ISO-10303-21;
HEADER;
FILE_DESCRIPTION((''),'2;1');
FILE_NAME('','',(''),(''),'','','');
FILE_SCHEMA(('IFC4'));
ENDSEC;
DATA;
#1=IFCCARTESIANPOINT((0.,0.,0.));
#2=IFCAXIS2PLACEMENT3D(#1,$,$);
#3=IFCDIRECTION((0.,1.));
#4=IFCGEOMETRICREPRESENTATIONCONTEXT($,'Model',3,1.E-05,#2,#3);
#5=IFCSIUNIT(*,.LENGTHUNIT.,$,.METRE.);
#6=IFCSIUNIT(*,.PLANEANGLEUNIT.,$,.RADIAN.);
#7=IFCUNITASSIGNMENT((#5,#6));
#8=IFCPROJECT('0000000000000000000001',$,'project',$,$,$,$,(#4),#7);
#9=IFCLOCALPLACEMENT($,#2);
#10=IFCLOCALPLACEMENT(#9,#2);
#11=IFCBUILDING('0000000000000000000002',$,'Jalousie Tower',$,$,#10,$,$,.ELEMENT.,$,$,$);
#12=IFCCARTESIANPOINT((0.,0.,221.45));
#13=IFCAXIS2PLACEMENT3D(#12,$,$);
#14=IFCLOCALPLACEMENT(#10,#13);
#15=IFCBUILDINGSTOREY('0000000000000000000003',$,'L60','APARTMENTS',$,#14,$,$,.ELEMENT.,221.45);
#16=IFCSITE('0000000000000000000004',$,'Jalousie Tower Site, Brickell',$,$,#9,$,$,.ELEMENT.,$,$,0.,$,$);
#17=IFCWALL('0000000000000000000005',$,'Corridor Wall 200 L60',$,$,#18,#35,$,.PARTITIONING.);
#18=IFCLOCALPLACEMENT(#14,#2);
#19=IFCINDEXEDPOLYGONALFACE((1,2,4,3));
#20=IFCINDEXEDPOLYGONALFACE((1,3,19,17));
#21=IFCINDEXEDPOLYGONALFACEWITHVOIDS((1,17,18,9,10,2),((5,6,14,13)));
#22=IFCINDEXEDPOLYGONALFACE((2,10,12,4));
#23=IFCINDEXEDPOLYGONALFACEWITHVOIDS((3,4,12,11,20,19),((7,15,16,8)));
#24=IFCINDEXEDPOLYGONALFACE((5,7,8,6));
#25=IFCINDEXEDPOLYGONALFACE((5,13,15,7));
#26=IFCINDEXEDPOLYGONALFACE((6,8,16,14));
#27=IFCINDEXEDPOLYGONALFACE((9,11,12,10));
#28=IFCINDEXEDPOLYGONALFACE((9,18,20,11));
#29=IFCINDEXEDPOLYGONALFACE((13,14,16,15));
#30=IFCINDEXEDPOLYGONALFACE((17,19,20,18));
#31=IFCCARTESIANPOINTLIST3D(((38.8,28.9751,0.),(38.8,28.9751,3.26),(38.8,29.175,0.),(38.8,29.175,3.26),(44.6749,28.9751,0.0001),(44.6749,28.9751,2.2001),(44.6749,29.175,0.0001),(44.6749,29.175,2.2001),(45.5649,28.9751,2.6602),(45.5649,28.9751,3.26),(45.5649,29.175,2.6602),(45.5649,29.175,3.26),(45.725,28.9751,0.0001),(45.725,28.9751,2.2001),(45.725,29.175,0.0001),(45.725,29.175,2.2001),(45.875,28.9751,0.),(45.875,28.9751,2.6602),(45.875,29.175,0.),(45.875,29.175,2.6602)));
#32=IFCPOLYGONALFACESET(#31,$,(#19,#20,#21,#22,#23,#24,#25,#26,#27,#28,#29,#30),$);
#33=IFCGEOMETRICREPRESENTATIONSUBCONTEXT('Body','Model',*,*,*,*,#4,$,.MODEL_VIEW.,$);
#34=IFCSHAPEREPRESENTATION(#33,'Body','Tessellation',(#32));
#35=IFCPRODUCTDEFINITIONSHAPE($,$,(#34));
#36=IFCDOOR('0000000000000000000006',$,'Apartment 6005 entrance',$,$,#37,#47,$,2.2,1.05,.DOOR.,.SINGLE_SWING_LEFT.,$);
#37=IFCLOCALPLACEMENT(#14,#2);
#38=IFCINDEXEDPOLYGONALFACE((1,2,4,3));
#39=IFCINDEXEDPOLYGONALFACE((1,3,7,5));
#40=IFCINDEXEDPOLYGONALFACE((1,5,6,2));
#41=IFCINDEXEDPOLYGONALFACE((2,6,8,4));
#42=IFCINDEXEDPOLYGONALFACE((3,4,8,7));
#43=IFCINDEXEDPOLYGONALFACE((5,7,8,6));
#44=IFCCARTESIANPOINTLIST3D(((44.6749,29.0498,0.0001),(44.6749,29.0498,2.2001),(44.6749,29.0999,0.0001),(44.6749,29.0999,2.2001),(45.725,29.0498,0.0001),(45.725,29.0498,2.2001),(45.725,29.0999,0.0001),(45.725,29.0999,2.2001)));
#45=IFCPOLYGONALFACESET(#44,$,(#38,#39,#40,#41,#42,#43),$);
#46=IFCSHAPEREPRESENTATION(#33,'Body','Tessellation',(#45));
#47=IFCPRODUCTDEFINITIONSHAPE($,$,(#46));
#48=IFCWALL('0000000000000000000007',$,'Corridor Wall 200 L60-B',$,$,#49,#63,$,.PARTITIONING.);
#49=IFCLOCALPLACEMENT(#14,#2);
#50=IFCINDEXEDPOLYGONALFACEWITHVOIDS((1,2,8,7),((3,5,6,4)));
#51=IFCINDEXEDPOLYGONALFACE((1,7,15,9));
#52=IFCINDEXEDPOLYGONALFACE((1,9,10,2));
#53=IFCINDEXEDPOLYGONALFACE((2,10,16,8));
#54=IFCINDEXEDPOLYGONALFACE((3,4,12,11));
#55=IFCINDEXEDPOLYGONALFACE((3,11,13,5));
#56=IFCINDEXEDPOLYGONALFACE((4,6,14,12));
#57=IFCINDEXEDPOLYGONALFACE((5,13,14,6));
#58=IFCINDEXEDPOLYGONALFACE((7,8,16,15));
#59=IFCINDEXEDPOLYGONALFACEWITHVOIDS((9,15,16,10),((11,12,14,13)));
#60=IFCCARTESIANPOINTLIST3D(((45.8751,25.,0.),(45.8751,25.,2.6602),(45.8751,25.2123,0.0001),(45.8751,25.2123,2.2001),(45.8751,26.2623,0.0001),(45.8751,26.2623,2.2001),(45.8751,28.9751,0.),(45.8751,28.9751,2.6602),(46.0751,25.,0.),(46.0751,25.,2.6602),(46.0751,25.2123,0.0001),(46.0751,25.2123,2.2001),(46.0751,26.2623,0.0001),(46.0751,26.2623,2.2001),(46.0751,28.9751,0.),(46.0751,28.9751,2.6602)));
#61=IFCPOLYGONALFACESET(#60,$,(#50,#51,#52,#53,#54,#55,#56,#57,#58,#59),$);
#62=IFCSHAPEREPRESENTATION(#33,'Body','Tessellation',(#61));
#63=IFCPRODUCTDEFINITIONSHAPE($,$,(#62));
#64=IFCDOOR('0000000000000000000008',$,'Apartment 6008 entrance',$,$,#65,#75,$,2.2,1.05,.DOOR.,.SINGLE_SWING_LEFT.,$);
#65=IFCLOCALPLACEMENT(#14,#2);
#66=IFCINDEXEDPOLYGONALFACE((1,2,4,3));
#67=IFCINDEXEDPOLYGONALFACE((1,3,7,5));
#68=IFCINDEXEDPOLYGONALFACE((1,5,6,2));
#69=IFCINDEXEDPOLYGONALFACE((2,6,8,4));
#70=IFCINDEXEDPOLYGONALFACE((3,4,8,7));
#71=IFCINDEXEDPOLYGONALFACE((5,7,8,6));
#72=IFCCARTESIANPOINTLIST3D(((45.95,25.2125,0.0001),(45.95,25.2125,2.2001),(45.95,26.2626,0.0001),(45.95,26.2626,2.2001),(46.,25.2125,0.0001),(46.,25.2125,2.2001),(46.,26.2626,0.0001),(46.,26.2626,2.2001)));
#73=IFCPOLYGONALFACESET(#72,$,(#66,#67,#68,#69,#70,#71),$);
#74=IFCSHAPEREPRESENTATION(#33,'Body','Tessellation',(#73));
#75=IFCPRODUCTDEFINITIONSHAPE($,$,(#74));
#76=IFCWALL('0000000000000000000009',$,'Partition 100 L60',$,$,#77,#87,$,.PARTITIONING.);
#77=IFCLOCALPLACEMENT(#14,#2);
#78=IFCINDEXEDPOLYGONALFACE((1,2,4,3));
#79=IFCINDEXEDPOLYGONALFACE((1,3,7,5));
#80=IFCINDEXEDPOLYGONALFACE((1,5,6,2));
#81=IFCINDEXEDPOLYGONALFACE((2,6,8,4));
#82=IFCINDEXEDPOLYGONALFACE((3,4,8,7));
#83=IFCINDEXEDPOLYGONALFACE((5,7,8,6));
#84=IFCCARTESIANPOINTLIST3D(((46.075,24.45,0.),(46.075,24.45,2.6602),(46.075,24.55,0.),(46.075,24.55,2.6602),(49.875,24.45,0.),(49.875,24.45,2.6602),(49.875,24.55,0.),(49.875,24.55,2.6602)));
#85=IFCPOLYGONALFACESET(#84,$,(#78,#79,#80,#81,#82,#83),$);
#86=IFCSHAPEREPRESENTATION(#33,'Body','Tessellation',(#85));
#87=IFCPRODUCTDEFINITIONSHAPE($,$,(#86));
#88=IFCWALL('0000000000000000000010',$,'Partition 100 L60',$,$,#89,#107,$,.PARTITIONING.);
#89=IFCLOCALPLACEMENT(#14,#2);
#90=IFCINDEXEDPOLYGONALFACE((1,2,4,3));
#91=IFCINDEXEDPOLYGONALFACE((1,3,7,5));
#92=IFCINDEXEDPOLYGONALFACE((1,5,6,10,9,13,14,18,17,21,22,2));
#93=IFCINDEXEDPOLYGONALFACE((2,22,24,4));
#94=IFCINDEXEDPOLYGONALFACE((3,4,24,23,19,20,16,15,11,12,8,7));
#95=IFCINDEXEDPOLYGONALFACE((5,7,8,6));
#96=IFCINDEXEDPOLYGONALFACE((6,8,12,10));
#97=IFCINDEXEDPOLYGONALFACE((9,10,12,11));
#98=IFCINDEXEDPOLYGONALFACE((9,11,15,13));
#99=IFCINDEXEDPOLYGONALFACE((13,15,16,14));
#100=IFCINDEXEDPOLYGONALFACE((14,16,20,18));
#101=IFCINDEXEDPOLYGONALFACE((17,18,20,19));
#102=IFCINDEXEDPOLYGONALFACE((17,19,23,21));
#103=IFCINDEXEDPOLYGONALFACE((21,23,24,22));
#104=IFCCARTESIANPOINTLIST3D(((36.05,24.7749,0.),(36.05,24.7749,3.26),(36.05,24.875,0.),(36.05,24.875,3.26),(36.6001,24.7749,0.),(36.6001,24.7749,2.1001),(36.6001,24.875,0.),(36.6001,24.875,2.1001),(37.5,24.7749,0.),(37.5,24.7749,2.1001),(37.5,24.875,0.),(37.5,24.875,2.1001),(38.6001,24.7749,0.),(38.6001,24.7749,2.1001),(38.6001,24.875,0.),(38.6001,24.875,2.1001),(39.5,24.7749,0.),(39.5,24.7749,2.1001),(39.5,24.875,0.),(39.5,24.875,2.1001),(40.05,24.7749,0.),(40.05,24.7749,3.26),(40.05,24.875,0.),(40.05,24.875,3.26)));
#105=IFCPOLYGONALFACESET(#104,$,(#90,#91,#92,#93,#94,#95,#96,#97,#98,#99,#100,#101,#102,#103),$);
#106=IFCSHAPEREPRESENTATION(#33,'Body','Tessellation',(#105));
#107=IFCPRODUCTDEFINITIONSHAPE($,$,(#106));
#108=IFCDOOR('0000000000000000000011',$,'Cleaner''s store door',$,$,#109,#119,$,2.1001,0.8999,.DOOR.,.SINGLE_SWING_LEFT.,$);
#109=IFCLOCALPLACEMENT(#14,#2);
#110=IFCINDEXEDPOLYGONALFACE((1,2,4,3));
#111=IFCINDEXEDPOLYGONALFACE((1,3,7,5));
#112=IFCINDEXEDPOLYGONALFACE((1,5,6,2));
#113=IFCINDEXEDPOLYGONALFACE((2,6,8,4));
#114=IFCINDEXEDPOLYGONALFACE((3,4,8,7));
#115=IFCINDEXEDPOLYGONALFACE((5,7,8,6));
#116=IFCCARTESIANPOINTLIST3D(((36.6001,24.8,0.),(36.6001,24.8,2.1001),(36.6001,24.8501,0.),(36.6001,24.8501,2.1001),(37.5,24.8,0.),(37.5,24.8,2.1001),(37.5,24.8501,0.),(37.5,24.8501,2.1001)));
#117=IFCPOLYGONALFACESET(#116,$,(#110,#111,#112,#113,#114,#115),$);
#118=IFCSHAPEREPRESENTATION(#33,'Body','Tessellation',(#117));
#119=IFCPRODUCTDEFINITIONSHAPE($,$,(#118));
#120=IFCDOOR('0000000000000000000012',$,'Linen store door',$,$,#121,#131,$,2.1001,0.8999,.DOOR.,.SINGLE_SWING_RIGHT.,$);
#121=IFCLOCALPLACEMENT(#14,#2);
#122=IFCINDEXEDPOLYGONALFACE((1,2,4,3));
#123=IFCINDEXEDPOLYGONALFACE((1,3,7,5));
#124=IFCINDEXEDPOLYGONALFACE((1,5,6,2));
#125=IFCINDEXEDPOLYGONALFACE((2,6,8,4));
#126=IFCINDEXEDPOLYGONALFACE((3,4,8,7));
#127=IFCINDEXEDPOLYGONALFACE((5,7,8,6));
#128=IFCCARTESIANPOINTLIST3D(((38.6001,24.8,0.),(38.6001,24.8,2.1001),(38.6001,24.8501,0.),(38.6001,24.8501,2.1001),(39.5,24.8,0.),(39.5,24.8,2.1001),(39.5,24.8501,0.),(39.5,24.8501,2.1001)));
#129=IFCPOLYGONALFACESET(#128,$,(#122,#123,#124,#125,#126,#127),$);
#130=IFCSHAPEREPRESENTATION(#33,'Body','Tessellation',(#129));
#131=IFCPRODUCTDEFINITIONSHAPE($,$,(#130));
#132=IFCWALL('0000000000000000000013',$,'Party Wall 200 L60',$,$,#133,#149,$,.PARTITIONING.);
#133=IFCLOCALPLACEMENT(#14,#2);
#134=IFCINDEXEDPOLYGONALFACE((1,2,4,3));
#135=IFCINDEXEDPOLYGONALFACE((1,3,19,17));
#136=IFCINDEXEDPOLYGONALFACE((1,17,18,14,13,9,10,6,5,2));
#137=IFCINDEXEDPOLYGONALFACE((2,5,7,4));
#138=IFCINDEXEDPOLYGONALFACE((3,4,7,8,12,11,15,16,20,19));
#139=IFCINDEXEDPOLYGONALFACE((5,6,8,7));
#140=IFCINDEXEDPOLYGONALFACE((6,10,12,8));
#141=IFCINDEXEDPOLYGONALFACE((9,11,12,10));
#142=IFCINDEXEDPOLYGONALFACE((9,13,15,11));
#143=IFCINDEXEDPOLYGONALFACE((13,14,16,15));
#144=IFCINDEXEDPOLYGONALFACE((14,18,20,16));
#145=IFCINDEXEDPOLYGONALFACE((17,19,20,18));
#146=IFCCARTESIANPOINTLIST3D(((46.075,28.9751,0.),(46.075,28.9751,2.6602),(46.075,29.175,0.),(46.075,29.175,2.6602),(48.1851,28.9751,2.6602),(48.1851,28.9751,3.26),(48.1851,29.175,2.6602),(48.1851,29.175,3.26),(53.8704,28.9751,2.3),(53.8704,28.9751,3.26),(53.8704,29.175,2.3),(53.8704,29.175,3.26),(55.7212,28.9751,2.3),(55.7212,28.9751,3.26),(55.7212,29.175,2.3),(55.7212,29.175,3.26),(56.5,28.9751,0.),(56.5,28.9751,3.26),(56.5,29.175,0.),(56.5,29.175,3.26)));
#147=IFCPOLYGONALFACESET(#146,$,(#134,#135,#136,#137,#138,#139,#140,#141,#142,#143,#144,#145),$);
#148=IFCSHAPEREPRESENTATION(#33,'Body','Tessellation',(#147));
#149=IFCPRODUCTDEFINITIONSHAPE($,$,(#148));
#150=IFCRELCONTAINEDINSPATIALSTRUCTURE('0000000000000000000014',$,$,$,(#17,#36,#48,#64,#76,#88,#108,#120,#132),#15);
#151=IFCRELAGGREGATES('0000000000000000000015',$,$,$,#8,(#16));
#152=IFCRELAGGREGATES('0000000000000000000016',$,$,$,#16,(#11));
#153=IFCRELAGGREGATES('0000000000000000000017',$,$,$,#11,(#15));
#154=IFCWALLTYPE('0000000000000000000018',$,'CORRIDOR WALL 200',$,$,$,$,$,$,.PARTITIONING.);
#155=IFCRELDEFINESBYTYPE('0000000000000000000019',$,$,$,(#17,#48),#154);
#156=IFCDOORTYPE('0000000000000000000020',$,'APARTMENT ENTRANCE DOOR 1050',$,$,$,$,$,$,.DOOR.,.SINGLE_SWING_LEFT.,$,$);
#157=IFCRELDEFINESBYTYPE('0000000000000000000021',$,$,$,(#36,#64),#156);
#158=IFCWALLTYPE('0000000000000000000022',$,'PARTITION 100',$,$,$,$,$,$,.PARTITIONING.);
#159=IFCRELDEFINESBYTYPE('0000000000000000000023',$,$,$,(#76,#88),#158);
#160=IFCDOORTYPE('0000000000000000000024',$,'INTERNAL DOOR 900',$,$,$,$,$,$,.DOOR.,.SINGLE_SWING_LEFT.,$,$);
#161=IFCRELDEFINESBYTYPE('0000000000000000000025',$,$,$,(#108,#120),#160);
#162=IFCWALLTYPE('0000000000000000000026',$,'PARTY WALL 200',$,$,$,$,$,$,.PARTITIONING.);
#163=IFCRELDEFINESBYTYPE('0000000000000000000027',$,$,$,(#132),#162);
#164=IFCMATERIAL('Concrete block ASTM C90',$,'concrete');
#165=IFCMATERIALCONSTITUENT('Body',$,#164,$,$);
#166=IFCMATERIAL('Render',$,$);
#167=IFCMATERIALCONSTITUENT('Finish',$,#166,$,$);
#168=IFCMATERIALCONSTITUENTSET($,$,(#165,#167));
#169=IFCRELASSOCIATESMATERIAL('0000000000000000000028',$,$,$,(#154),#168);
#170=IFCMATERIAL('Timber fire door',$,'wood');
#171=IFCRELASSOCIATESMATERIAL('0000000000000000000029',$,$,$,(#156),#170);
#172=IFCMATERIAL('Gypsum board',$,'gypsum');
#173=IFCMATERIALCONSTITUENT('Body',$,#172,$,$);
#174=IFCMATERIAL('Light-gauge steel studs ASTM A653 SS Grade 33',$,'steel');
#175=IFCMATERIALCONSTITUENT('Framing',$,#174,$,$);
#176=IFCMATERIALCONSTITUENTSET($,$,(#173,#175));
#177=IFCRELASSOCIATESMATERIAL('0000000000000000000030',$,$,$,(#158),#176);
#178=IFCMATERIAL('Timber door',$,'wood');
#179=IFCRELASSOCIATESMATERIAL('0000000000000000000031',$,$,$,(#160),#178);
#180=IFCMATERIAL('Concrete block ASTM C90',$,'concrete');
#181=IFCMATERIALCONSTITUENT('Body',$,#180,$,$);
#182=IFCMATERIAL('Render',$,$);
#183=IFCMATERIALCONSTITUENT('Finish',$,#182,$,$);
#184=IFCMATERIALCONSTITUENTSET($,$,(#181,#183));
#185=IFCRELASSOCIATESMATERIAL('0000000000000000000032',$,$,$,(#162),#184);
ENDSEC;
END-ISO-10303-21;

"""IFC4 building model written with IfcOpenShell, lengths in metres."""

from ifc_helpers import new_model, si_unit, direction, frame, frame_2d, origin, place, context, subcontext, project, spatial, polyline, rectangle, outline, extrude, material, constituent, constituent_set, type_object, element, fill, save


model = new_model("IFC4")

# Units and contexts
model_context = context("Model", 3, precision=1e-05, world=origin(), true_north=direction((0.0, 1.0)))
body_context = subcontext(model_context, "Body", "Model", "MODEL_VIEW")
ifc_project = project(units=[si_unit("LENGTHUNIT", "METRE"), si_unit("PLANEANGLEUNIT", "RADIAN")], contexts=[model_context])

# Site, building, storey
site_placement = place(None, origin())
site = spatial("IfcSite", under=ifc_project, at=site_placement, Name="Jalousie Tower Site, Brickell", CompositionType="ELEMENT", RefElevation=0.0)
building_placement = place(site_placement, origin())
building = spatial("IfcBuilding", under=site, at=building_placement, Name="Jalousie Tower", CompositionType="ELEMENT")
storey_placement = place(building_placement, frame((0.0, 0.0, 221.45)))
storey = spatial("IfcBuildingStorey", under=building, at=storey_placement, Name="L60", Description="APARTMENTS", CompositionType="ELEMENT", Elevation=221.45)

# Walls, openings, doors
ifc_material_1 = material(Name="Concrete block ASTM C90", Category="concrete")
ifc_constituent_1 = constituent(ifc_material_1, Name="Body")
ifc_material_2 = material(Name="Render")
ifc_constituent_2 = constituent(ifc_material_2, Name="Finish")
ifc_constituent_set_1 = constituent_set(constituents=[ifc_constituent_1, ifc_constituent_2])
wall_type_1 = type_object("IfcWallType", Name="CORRIDOR WALL 200", PredefinedType="PARTITIONING", material=ifc_constituent_set_1)
wall_1_placement = place(storey_placement, frame((38.8, 29.075, 0.0), z_axis=(0.0, 0.0, 1.0), x_axis=(1.0, 0.0, 0.0)))
wall_1 = element("IfcWall", 1, at=wall_1_placement, inside=storey, type_object=wall_type_1, Name="Corridor Wall 200 L60", PredefinedType="PARTITIONING", context=body_context, shape_type="SweptSolid", body=[
    extrude(outline(polyline([(0.0, 0.0), (7.075, 0.0), (7.075, 3.26), (7.075, 2.6602), (6.7649, 2.6602), (6.7649, 3.26), (0.0, 3.26), (0.0, 0.0)])), frame((0.0, 0.1001, 0.0), z_axis=(0.0, -1.0, 0.0), x_axis=(1.0, 0.0, 0.0)), (0.0, 0.0, 1.0), 0.2),
])
opening_1_placement = place(wall_1_placement, frame((5.875, 0.0, 0.0)))
opening_1 = element("IfcOpeningElement", 2, at=opening_1_placement, cuts=wall_1, PredefinedType="OPENING", context=body_context, shape_type="SweptSolid", body=[
    extrude(rectangle(XDim=1.05, YDim=2.2, at=frame_2d((0.5249, 1.1001))), frame((0.0, 0.1099, 0.0), z_axis=(0.0, -1.0, 0.0), x_axis=(1.0, 0.0, 0.0)), (0.0, 0.0, 1.0), 0.22),
])
ifc_material_3 = material(Name="Timber fire door", Category="wood")
door_type_1 = type_object("IfcDoorType", Name="APARTMENT ENTRANCE DOOR 1050", OperationType="SINGLE_SWING_LEFT", PredefinedType="DOOR", material=ifc_material_3)
door_1_placement = place(opening_1_placement, origin())
door_1 = element("IfcDoor", 3, at=door_1_placement, inside=storey, type_object=door_type_1, Name="Apartment 6005 entrance", OperationType="SINGLE_SWING_LEFT", OverallHeight=2.2, OverallWidth=1.05, PredefinedType="DOOR", context=body_context, shape_type="SweptSolid", body=[
    extrude(rectangle(XDim=1.05, YDim=2.2, at=frame_2d((0.5249, 1.1001))), frame((0.0, 0.0249, 0.0), z_axis=(0.0, -1.0, 0.0), x_axis=(1.0, 0.0, 0.0)), (0.0, 0.0, 1.0), 0.05),
])
fill(opening_1, door_1)
wall_2_placement = place(storey_placement, frame((45.9751, 25.0, 0.0), z_axis=(0.0, 0.0, 1.0), x_axis=(0.0, 1.0, 0.0)))
wall_2 = element("IfcWall", 4, at=wall_2_placement, inside=storey, type_object=wall_type_1, Name="Corridor Wall 200 L60-B", PredefinedType="PARTITIONING", context=body_context, shape_type="SweptSolid", body=[
    extrude(rectangle(XDim=3.9751, YDim=0.2, at=frame_2d((1.9875, 0.0))), origin(), (0.0, 0.0, 1.0), 2.6602),
])
opening_2_placement = place(wall_2_placement, frame((0.2124, 0.0, 0.0)))
opening_2 = element("IfcOpeningElement", 5, at=opening_2_placement, cuts=wall_2, PredefinedType="OPENING", context=body_context, shape_type="SweptSolid", body=[
    extrude(rectangle(XDim=1.05, YDim=2.2, at=frame_2d((0.5249, 1.1001))), frame((0.0, 0.1099, 0.0), z_axis=(0.0, -1.0, 0.0), x_axis=(1.0, 0.0, 0.0)), (0.0, 0.0, 1.0), 0.22),
])
door_2_placement = place(opening_2_placement, frame((1.05, 0.0, 0.0), z_axis=(0.0, 0.0, 1.0), x_axis=(-1.0, 0.0, 0.0)))
door_2 = element("IfcDoor", 6, at=door_2_placement, inside=storey, type_object=door_type_1, Name="Apartment 6008 entrance", OperationType="SINGLE_SWING_LEFT", OverallHeight=2.2, OverallWidth=1.05, PredefinedType="DOOR", context=body_context, shape_type="SweptSolid", body=[
    extrude(rectangle(XDim=1.05, YDim=2.2, at=frame_2d((0.5249, 1.1001))), frame((0.0, 0.0249, 0.0), z_axis=(0.0, -1.0, 0.0), x_axis=(1.0, 0.0, 0.0)), (0.0, 0.0, 1.0), 0.05),
])
fill(opening_2, door_2)

# Wall
ifc_material_4 = material(Name="Gypsum board", Category="gypsum")
ifc_constituent_3 = constituent(ifc_material_4, Name="Body")
ifc_material_5 = material(Name="Light-gauge steel studs ASTM A653 SS Grade 33", Category="steel")
ifc_constituent_4 = constituent(ifc_material_5, Name="Framing")
ifc_constituent_set_2 = constituent_set(constituents=[ifc_constituent_3, ifc_constituent_4])
wall_type_2 = type_object("IfcWallType", Name="PARTITION 100", PredefinedType="PARTITIONING", material=ifc_constituent_set_2)
wall_3_placement = place(storey_placement, frame((46.075, 24.5, 0.0), z_axis=(0.0, 0.0, 1.0), x_axis=(1.0, 0.0, 0.0)))
element("IfcWall", 7, at=wall_3_placement, inside=storey, type_object=wall_type_2, Name="Partition 100 L60", PredefinedType="PARTITIONING", context=body_context, shape_type="SweptSolid", body=[
    extrude(outline(polyline([(0.0, 0.0), (3.8, 0.0), (3.8, 3.26), (3.8, 2.6602), (0.0, 2.6602), (0.0, 3.26), (0.0, 0.0)])), frame((0.0, 0.05, 0.0), z_axis=(0.0, -1.0, 0.0), x_axis=(1.0, 0.0, 0.0)), (0.0, 0.0, 1.0), 0.1001),
])

# Wall, openings, doors
wall_4_placement = place(storey_placement, frame((36.05, 24.825, 0.0), z_axis=(0.0, 0.0, 1.0), x_axis=(1.0, 0.0, 0.0)))
wall_4 = element("IfcWall", 8, at=wall_4_placement, inside=storey, type_object=wall_type_2, Name="Partition 100 L60", PredefinedType="PARTITIONING", context=body_context, shape_type="SweptSolid", body=[
    extrude(rectangle(XDim=4.0, YDim=0.1001, at=frame_2d((2.0, 0.0))), origin(), (0.0, 0.0, 1.0), 3.26),
])
opening_3_placement = place(wall_4_placement, frame((0.55, 0.0, 0.0)))
opening_3 = element("IfcOpeningElement", 9, at=opening_3_placement, cuts=wall_4, PredefinedType="OPENING", context=body_context, shape_type="SweptSolid", body=[
    extrude(rectangle(XDim=0.8999, YDim=2.1001, at=frame_2d((0.45, 1.05))), frame((0.0, 0.0601, 0.0), z_axis=(0.0, -1.0, 0.0), x_axis=(1.0, 0.0, 0.0)), (0.0, 0.0, 1.0), 0.1201),
])
opening_4_placement = place(wall_4_placement, frame((2.55, 0.0, 0.0)))
opening_4 = element("IfcOpeningElement", 10, at=opening_4_placement, cuts=wall_4, PredefinedType="OPENING", context=body_context, shape_type="SweptSolid", body=[
    extrude(rectangle(XDim=0.8999, YDim=2.1001, at=frame_2d((0.45, 1.05))), frame((0.0, 0.0601, 0.0), z_axis=(0.0, -1.0, 0.0), x_axis=(1.0, 0.0, 0.0)), (0.0, 0.0, 1.0), 0.1201),
])
ifc_material_6 = material(Name="Timber door", Category="wood")
door_type_2 = type_object("IfcDoorType", Name="INTERNAL DOOR 900", OperationType="SINGLE_SWING_LEFT", PredefinedType="DOOR", material=ifc_material_6)
door_3_placement = place(opening_3_placement, frame((0.8999, 0.0, 0.0), z_axis=(0.0, 0.0, 1.0), x_axis=(-1.0, 0.0, 0.0)))
door_3 = element("IfcDoor", 11, at=door_3_placement, inside=storey, type_object=door_type_2, Name="Cleaner's store door", OperationType="SINGLE_SWING_LEFT", OverallHeight=2.1001, OverallWidth=0.8999, PredefinedType="DOOR", context=body_context, shape_type="SweptSolid", body=[
    extrude(rectangle(XDim=0.8999, YDim=2.1001, at=frame_2d((0.45, 1.05))), frame((0.0, 0.0249, 0.0), z_axis=(0.0, -1.0, 0.0), x_axis=(1.0, 0.0, 0.0)), (0.0, 0.0, 1.0), 0.05),
])
fill(opening_3, door_3)
door_4_placement = place(opening_4_placement, frame((0.8999, 0.0, 0.0), z_axis=(0.0, 0.0, 1.0), x_axis=(-1.0, 0.0, 0.0)))
door_4 = element("IfcDoor", 12, at=door_4_placement, inside=storey, type_object=door_type_2, Name="Linen store door", OperationType="SINGLE_SWING_RIGHT", OverallHeight=2.1001, OverallWidth=0.8999, PredefinedType="DOOR", context=body_context, shape_type="SweptSolid", body=[
    extrude(rectangle(XDim=0.8999, YDim=2.1001, at=frame_2d((0.45, 1.05))), frame((0.0, 0.0249, 0.0), z_axis=(0.0, -1.0, 0.0), x_axis=(1.0, 0.0, 0.0)), (0.0, 0.0, 1.0), 0.05),
])
fill(opening_4, door_4)

# Wall
ifc_material_7 = material(Name="Concrete block ASTM C90", Category="concrete")
ifc_constituent_5 = constituent(ifc_material_7, Name="Body")
ifc_material_8 = material(Name="Render")
ifc_constituent_6 = constituent(ifc_material_8, Name="Finish")
ifc_constituent_set_3 = constituent_set(constituents=[ifc_constituent_5, ifc_constituent_6])
wall_type_3 = type_object("IfcWallType", Name="PARTY WALL 200", PredefinedType="PARTITIONING", material=ifc_constituent_set_3)
wall_5_placement = place(storey_placement, frame((46.075, 29.075, 0.0), z_axis=(0.0, 0.0, 1.0), x_axis=(1.0, 0.0, 0.0)))
element("IfcWall", 13, at=wall_5_placement, inside=storey, type_object=wall_type_3, Name="Party Wall 200 L60", PredefinedType="PARTITIONING", context=body_context, shape_type="SweptSolid", body=[
    extrude(outline(polyline([(0.0, 0.0), (10.425, 0.0), (10.425, 3.26), (9.6462, 3.26), (9.6462, 2.3), (7.7954, 2.3), (7.7954, 3.26), (2.1101, 3.26), (2.1101, 2.6602), (0.0, 2.6602), (0.0, 3.26), (0.0, 0.0)])), frame((0.0, 0.1001, 0.0), z_axis=(0.0, -1.0, 0.0), x_axis=(1.0, 0.0, 0.0)), (0.0, 0.0, 1.0), 0.2),
])

save(model, "model.ifc")
